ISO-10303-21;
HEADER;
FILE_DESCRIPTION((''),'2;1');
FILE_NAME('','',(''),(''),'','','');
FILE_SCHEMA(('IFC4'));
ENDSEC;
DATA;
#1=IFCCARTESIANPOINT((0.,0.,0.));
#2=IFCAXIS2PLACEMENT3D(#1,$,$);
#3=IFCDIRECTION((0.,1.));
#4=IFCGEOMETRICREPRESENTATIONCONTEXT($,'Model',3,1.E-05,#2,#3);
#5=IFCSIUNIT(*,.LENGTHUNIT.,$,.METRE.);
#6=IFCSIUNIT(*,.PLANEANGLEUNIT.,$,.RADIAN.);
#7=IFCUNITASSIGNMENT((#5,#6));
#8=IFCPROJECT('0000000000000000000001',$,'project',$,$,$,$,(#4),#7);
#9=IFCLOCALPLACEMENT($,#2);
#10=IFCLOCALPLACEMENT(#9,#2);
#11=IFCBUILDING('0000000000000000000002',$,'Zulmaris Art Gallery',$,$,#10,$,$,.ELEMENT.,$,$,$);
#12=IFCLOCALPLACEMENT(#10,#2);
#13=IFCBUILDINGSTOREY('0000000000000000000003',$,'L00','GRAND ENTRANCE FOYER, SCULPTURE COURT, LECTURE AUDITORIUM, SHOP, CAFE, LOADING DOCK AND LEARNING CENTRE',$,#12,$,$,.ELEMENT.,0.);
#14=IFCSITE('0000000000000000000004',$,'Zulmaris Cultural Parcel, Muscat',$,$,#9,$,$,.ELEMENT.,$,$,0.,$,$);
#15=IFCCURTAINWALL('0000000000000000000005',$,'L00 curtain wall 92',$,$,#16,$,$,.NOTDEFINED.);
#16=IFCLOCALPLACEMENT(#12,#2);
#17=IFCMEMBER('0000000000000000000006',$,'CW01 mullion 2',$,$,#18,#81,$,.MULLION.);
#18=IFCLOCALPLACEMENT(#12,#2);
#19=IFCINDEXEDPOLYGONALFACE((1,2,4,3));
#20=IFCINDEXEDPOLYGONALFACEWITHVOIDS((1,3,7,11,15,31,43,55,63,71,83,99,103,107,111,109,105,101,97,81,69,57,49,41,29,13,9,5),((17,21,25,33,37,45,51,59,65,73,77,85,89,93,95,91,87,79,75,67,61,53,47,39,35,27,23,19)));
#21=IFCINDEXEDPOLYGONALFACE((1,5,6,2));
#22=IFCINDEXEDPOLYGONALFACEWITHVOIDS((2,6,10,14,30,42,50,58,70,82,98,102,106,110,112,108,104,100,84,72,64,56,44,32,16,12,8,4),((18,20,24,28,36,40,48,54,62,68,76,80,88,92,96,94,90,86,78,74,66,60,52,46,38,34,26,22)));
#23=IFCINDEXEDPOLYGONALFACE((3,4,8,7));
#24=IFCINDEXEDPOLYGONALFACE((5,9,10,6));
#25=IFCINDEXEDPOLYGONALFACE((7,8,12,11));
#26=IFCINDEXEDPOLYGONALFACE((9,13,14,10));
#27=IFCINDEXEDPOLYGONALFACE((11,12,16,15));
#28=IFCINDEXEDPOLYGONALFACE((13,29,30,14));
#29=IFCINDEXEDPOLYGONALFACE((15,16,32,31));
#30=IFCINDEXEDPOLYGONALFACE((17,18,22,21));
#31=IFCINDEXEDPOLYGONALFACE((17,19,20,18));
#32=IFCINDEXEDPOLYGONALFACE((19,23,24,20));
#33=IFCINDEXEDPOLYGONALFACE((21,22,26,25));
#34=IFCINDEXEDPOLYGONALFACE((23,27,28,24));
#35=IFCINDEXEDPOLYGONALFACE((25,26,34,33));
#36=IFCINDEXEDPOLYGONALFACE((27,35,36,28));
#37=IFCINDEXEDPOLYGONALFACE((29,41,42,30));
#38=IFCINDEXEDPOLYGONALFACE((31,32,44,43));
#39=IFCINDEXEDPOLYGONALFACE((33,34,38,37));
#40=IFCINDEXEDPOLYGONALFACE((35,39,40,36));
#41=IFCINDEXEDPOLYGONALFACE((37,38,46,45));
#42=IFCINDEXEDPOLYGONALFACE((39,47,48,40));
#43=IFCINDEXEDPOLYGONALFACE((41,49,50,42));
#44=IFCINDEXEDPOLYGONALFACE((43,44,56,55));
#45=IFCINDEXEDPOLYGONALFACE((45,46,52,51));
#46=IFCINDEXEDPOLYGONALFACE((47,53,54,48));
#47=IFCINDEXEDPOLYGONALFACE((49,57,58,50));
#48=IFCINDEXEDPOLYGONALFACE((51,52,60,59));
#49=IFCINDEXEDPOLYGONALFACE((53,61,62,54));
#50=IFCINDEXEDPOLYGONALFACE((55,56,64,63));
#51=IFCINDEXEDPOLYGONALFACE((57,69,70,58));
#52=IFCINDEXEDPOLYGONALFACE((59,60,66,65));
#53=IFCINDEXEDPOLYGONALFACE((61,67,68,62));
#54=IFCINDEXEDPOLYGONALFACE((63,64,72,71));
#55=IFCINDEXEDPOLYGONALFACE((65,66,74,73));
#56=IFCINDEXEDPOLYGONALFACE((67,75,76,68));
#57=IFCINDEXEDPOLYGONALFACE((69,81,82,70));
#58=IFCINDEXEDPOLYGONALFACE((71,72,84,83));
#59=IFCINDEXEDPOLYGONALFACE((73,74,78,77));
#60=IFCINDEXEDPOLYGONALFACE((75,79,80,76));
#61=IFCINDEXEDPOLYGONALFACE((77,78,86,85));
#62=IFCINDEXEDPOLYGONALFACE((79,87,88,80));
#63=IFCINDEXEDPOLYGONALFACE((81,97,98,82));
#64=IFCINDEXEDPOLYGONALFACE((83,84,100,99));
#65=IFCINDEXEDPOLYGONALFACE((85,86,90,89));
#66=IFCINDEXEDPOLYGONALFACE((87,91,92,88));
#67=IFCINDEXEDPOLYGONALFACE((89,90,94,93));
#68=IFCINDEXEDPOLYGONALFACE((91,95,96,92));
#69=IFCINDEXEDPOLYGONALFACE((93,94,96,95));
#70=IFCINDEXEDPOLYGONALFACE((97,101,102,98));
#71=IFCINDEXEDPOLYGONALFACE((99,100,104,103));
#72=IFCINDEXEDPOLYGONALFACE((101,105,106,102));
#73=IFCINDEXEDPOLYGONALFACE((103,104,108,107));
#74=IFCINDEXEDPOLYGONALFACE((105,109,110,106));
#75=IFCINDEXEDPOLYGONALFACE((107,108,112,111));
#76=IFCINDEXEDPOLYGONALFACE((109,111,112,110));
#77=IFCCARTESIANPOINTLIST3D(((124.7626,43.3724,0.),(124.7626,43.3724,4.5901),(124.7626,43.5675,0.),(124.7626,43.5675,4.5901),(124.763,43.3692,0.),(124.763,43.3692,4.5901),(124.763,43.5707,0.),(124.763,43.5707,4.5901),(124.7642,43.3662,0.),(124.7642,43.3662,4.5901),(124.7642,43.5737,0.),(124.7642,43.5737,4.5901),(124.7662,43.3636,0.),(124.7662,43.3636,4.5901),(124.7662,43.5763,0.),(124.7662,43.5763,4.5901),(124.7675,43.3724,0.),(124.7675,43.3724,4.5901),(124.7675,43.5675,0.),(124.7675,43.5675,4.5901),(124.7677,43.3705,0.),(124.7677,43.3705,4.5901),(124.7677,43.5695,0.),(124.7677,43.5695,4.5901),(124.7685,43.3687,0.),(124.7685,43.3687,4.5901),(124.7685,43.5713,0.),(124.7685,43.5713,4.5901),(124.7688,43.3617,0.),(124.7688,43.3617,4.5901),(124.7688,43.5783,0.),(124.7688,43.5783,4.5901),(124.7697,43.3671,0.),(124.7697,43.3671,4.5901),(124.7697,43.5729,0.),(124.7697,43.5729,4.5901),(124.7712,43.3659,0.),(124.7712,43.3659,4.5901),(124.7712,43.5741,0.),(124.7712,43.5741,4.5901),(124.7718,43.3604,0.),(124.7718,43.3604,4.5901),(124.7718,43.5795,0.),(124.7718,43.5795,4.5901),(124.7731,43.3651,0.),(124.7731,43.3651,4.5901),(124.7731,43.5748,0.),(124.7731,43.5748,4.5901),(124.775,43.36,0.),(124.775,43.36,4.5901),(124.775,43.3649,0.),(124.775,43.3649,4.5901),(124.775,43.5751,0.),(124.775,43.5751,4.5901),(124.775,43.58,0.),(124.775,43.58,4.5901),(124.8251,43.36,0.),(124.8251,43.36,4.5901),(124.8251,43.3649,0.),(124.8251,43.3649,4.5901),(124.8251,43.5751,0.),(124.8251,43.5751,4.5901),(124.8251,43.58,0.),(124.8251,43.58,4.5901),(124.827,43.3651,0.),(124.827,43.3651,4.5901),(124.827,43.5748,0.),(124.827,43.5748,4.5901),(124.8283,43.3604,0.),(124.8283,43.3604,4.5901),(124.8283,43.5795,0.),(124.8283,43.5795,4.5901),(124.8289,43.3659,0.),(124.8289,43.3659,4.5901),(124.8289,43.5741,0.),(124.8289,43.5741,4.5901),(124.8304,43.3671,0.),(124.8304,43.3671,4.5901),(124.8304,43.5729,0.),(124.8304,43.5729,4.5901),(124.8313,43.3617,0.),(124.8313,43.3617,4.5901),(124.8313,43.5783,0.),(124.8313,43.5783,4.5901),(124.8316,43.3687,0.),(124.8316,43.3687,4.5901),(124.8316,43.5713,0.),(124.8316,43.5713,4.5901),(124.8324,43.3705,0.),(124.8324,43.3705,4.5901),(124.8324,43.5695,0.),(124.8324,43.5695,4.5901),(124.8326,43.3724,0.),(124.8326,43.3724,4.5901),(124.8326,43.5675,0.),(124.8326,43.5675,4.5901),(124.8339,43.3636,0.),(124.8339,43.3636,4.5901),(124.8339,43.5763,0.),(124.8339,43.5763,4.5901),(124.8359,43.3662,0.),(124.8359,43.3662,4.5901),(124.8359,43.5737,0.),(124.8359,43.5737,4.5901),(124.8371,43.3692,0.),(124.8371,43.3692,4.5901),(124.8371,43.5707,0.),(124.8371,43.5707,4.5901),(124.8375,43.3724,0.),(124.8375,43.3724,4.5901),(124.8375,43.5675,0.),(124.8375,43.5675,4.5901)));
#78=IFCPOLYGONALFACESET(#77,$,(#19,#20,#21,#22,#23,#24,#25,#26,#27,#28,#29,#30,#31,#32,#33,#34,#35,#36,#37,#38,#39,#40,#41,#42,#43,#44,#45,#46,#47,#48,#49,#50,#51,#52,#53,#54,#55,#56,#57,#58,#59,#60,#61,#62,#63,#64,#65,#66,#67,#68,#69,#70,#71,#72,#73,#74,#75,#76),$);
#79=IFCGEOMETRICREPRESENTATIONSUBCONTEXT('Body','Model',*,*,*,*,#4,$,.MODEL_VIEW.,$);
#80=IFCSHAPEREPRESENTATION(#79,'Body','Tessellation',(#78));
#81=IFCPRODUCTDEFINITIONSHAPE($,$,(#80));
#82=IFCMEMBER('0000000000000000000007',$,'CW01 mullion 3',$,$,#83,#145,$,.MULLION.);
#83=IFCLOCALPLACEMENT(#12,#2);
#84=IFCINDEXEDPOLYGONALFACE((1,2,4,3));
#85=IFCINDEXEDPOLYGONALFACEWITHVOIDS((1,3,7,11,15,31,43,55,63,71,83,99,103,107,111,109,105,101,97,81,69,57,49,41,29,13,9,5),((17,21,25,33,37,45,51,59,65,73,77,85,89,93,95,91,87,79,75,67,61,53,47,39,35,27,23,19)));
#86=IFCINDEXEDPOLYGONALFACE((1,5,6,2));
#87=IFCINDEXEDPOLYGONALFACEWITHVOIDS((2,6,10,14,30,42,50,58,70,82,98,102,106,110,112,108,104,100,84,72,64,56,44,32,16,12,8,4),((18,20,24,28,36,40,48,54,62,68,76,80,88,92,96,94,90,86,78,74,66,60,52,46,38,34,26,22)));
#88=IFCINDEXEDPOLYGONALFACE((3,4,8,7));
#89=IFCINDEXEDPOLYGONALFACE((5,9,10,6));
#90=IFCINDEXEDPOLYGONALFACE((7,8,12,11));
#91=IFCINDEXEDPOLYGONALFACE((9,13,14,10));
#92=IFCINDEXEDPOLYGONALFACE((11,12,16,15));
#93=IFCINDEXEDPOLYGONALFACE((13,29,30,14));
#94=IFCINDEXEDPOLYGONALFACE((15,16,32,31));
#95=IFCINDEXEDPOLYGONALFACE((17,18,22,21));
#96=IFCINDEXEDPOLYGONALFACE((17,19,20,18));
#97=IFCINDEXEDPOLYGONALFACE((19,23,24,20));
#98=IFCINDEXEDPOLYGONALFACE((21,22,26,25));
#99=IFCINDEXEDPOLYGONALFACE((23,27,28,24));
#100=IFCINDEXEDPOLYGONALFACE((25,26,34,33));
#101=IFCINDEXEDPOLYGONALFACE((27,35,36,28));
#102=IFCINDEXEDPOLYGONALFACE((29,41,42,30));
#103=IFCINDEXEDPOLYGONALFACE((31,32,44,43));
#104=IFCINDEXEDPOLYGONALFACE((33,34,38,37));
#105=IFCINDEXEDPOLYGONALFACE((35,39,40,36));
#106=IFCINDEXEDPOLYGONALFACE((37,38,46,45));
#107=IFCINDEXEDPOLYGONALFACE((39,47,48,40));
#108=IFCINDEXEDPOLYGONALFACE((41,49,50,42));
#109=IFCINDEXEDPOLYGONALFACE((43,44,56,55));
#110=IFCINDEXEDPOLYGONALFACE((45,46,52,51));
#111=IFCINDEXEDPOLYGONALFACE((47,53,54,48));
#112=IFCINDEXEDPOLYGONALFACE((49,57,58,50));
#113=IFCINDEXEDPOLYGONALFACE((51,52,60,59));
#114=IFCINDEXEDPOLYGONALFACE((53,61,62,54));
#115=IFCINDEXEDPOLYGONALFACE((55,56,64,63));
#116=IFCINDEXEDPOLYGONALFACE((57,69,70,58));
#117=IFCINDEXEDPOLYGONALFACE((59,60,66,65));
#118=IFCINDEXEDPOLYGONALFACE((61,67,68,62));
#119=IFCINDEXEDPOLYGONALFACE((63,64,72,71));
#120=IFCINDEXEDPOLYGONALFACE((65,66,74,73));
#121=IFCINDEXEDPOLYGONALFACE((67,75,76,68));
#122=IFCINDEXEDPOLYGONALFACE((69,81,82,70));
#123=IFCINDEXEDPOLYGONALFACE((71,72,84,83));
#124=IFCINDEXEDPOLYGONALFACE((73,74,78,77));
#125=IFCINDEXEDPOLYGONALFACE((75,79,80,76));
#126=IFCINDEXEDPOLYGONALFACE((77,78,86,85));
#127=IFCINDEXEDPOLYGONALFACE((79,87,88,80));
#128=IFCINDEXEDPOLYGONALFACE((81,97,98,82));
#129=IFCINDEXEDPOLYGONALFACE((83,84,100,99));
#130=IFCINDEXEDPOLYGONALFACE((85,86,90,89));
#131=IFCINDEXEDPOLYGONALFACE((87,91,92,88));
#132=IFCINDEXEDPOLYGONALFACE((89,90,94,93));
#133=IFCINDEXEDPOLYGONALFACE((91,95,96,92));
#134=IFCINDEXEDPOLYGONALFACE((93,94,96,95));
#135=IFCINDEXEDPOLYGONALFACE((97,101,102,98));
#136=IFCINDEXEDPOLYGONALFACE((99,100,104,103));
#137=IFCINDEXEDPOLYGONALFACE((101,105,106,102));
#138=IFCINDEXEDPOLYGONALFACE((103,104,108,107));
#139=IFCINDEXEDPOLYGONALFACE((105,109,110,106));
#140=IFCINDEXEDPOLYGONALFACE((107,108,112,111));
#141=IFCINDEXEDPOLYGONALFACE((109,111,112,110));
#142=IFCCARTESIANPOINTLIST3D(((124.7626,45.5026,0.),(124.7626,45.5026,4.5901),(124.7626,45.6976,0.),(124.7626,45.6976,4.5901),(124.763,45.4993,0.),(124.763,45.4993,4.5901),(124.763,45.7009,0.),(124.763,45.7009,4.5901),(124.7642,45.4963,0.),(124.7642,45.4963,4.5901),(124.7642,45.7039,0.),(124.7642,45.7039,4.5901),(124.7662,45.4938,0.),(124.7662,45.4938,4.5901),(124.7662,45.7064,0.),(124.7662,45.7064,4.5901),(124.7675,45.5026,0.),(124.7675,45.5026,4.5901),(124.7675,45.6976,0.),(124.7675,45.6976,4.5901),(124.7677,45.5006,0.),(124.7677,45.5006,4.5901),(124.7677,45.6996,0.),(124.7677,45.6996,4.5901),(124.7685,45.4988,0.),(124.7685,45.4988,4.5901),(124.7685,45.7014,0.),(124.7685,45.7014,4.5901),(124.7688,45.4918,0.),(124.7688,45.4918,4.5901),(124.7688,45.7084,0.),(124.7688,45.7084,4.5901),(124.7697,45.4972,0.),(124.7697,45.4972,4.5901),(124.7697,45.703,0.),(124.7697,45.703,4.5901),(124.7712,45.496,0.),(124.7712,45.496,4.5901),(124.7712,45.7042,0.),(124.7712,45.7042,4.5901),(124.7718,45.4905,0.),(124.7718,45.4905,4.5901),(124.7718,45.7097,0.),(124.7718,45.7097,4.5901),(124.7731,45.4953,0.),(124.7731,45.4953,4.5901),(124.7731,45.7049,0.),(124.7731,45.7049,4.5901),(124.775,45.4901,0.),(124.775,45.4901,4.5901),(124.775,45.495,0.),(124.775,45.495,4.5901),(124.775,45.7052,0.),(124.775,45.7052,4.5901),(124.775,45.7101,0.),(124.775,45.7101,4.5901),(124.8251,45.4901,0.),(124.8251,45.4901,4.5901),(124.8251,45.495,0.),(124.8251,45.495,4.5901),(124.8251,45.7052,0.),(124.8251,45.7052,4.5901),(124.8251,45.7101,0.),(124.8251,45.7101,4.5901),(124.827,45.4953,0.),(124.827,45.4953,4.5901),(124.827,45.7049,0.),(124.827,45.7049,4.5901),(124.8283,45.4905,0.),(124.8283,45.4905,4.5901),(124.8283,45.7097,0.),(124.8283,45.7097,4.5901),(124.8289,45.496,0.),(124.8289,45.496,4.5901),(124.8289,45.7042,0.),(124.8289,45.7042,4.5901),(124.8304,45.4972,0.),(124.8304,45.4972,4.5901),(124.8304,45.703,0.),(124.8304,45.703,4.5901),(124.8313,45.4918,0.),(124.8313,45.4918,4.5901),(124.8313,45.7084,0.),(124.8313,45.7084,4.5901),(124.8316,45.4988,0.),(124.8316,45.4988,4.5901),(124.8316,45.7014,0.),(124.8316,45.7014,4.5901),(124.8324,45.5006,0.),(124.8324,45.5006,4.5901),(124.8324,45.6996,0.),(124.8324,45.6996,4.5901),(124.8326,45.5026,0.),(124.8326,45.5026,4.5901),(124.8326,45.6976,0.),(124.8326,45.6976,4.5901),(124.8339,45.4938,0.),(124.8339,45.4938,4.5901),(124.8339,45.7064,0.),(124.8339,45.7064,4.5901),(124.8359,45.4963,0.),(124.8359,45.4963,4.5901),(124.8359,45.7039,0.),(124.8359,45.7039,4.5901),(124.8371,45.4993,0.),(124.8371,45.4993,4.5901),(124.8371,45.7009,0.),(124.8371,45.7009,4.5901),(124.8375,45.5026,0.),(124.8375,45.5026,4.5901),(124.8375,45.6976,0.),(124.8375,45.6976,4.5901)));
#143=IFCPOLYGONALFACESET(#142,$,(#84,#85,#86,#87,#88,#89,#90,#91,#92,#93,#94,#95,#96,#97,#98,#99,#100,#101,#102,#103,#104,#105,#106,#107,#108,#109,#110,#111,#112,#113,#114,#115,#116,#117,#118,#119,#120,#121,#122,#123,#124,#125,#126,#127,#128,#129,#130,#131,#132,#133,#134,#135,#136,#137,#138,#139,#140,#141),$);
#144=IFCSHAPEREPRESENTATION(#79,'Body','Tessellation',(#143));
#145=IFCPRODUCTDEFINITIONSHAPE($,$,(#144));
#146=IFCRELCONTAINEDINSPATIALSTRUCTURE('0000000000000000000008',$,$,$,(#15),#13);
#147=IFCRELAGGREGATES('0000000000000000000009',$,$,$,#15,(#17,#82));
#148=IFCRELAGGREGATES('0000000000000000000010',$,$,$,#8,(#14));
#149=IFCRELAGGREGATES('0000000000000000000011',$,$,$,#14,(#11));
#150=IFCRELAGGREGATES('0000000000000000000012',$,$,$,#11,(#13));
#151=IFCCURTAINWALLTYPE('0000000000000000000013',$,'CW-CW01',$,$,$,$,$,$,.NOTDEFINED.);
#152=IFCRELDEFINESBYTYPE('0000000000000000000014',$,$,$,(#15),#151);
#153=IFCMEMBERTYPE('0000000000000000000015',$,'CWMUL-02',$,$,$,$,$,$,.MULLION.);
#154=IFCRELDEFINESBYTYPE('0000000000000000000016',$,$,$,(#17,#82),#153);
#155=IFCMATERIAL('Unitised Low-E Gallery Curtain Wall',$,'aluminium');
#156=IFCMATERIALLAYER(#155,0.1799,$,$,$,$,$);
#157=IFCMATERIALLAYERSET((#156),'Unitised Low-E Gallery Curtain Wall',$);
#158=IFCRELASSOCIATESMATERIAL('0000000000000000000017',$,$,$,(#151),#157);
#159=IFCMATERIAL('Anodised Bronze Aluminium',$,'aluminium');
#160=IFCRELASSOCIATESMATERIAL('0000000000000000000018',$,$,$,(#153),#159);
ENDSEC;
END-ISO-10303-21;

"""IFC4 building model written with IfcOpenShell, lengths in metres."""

from ifc_helpers import new_model, si_unit, direction, frame, origin, origin_2d, place, context, subcontext, project, spatial, hollow_rectangle, extrude, material, layer, layer_set, material_profile, profile_set, type_object, element, aggregate, save


model = new_model("IFC4")

# Units and contexts
model_context = context("Model", 3, precision=1e-05, world=origin(), true_north=direction((0.0, 1.0)))
body_context = subcontext(model_context, "Body", "Model", "MODEL_VIEW")
ifc_project = project(units=[si_unit("LENGTHUNIT", "METRE"), si_unit("PLANEANGLEUNIT", "RADIAN")], contexts=[model_context])

# Site, building, storey
site_placement = place(None, origin())
site = spatial("IfcSite", under=ifc_project, at=site_placement, Name="Zulmaris Cultural Parcel, Muscat", CompositionType="ELEMENT", RefElevation=0.0)
building_placement = place(site_placement, origin())
building = spatial("IfcBuilding", under=site, at=building_placement, Name="Zulmaris Art Gallery", CompositionType="ELEMENT")
storey_placement = place(building_placement, origin())
storey = spatial("IfcBuildingStorey", under=building, at=storey_placement, Name="L00", Description="GRAND ENTRANCE FOYER, SCULPTURE COURT, LECTURE AUDITORIUM, SHOP, CAFE, LOADING DOCK AND LEARNING CENTRE", CompositionType="ELEMENT", Elevation=0.0)

# Curtain wall, members
ifc_material_1 = material(Name="Unitised Low-E Gallery Curtain Wall", Category="aluminium")
ifc_layer_1 = layer(ifc_material_1, 0.1799)
ifc_layer_set_1 = layer_set([ifc_layer_1], Name="Unitised Low-E Gallery Curtain Wall")
curtain_wall_type = type_object("IfcCurtainWallType", Name="CW-CW01", PredefinedType="NOTDEFINED", material=ifc_layer_set_1)
ifc_material_2 = material(Name="Anodised Bronze Aluminium", Category="aluminium")
ifc_material_profile_1 = material_profile(ifc_material_2, hollow_rectangle(XDim=0.075, YDim=0.22, WallThickness=0.0049, InnerFilletRadius=0.0076, OuterFilletRadius=0.0125, at=origin_2d()), Name="ALU 75x220x5")
ifc_profile_set_1 = profile_set([ifc_material_profile_1], Name="Anodised Bronze Aluminium")
member_type_1 = type_object("IfcMemberType", Name="CWMUL-02", PredefinedType="MULLION", material=ifc_profile_set_1)
curtain_wall_1_placement = place(storey_placement, origin())
curtain_wall_1 = element("IfcCurtainWall", 1, at=curtain_wall_1_placement, inside=storey, type_object=curtain_wall_type, Name="L00 curtain wall 92", PredefinedType="NOTDEFINED")
member_1_placement = place(storey_placement, frame((124.8, 43.47, 0.0), z_axis=(0.0, 0.0, 1.0), x_axis=(-1.0, 0.0, 0.0)))
member_1 = element("IfcMember", 2, at=member_1_placement, type_object=member_type_1, Name="CW01 mullion 2", PredefinedType="MULLION", context=body_context, shape_type="SweptSolid", body=[
    extrude(hollow_rectangle(XDim=0.075, YDim=0.22, WallThickness=0.0049, InnerFilletRadius=0.0076, OuterFilletRadius=0.0125, at=origin_2d()), origin(), (0.0, 0.0, 1.0), 4.5901),
])
member_2_placement = place(storey_placement, frame((124.8, 45.6001, 0.0), z_axis=(0.0, 0.0, 1.0), x_axis=(-1.0, 0.0, 0.0)))
member_2 = element("IfcMember", 3, at=member_2_placement, type_object=member_type_1, Name="CW01 mullion 3", PredefinedType="MULLION", context=body_context, shape_type="SweptSolid", body=[
    extrude(hollow_rectangle(XDim=0.075, YDim=0.22, WallThickness=0.0049, InnerFilletRadius=0.0076, OuterFilletRadius=0.0125, at=origin_2d()), origin(), (0.0, 0.0, 1.0), 4.5901),
])
aggregate(curtain_wall_1, [member_1, member_2])

save(model, "model.ifc")
